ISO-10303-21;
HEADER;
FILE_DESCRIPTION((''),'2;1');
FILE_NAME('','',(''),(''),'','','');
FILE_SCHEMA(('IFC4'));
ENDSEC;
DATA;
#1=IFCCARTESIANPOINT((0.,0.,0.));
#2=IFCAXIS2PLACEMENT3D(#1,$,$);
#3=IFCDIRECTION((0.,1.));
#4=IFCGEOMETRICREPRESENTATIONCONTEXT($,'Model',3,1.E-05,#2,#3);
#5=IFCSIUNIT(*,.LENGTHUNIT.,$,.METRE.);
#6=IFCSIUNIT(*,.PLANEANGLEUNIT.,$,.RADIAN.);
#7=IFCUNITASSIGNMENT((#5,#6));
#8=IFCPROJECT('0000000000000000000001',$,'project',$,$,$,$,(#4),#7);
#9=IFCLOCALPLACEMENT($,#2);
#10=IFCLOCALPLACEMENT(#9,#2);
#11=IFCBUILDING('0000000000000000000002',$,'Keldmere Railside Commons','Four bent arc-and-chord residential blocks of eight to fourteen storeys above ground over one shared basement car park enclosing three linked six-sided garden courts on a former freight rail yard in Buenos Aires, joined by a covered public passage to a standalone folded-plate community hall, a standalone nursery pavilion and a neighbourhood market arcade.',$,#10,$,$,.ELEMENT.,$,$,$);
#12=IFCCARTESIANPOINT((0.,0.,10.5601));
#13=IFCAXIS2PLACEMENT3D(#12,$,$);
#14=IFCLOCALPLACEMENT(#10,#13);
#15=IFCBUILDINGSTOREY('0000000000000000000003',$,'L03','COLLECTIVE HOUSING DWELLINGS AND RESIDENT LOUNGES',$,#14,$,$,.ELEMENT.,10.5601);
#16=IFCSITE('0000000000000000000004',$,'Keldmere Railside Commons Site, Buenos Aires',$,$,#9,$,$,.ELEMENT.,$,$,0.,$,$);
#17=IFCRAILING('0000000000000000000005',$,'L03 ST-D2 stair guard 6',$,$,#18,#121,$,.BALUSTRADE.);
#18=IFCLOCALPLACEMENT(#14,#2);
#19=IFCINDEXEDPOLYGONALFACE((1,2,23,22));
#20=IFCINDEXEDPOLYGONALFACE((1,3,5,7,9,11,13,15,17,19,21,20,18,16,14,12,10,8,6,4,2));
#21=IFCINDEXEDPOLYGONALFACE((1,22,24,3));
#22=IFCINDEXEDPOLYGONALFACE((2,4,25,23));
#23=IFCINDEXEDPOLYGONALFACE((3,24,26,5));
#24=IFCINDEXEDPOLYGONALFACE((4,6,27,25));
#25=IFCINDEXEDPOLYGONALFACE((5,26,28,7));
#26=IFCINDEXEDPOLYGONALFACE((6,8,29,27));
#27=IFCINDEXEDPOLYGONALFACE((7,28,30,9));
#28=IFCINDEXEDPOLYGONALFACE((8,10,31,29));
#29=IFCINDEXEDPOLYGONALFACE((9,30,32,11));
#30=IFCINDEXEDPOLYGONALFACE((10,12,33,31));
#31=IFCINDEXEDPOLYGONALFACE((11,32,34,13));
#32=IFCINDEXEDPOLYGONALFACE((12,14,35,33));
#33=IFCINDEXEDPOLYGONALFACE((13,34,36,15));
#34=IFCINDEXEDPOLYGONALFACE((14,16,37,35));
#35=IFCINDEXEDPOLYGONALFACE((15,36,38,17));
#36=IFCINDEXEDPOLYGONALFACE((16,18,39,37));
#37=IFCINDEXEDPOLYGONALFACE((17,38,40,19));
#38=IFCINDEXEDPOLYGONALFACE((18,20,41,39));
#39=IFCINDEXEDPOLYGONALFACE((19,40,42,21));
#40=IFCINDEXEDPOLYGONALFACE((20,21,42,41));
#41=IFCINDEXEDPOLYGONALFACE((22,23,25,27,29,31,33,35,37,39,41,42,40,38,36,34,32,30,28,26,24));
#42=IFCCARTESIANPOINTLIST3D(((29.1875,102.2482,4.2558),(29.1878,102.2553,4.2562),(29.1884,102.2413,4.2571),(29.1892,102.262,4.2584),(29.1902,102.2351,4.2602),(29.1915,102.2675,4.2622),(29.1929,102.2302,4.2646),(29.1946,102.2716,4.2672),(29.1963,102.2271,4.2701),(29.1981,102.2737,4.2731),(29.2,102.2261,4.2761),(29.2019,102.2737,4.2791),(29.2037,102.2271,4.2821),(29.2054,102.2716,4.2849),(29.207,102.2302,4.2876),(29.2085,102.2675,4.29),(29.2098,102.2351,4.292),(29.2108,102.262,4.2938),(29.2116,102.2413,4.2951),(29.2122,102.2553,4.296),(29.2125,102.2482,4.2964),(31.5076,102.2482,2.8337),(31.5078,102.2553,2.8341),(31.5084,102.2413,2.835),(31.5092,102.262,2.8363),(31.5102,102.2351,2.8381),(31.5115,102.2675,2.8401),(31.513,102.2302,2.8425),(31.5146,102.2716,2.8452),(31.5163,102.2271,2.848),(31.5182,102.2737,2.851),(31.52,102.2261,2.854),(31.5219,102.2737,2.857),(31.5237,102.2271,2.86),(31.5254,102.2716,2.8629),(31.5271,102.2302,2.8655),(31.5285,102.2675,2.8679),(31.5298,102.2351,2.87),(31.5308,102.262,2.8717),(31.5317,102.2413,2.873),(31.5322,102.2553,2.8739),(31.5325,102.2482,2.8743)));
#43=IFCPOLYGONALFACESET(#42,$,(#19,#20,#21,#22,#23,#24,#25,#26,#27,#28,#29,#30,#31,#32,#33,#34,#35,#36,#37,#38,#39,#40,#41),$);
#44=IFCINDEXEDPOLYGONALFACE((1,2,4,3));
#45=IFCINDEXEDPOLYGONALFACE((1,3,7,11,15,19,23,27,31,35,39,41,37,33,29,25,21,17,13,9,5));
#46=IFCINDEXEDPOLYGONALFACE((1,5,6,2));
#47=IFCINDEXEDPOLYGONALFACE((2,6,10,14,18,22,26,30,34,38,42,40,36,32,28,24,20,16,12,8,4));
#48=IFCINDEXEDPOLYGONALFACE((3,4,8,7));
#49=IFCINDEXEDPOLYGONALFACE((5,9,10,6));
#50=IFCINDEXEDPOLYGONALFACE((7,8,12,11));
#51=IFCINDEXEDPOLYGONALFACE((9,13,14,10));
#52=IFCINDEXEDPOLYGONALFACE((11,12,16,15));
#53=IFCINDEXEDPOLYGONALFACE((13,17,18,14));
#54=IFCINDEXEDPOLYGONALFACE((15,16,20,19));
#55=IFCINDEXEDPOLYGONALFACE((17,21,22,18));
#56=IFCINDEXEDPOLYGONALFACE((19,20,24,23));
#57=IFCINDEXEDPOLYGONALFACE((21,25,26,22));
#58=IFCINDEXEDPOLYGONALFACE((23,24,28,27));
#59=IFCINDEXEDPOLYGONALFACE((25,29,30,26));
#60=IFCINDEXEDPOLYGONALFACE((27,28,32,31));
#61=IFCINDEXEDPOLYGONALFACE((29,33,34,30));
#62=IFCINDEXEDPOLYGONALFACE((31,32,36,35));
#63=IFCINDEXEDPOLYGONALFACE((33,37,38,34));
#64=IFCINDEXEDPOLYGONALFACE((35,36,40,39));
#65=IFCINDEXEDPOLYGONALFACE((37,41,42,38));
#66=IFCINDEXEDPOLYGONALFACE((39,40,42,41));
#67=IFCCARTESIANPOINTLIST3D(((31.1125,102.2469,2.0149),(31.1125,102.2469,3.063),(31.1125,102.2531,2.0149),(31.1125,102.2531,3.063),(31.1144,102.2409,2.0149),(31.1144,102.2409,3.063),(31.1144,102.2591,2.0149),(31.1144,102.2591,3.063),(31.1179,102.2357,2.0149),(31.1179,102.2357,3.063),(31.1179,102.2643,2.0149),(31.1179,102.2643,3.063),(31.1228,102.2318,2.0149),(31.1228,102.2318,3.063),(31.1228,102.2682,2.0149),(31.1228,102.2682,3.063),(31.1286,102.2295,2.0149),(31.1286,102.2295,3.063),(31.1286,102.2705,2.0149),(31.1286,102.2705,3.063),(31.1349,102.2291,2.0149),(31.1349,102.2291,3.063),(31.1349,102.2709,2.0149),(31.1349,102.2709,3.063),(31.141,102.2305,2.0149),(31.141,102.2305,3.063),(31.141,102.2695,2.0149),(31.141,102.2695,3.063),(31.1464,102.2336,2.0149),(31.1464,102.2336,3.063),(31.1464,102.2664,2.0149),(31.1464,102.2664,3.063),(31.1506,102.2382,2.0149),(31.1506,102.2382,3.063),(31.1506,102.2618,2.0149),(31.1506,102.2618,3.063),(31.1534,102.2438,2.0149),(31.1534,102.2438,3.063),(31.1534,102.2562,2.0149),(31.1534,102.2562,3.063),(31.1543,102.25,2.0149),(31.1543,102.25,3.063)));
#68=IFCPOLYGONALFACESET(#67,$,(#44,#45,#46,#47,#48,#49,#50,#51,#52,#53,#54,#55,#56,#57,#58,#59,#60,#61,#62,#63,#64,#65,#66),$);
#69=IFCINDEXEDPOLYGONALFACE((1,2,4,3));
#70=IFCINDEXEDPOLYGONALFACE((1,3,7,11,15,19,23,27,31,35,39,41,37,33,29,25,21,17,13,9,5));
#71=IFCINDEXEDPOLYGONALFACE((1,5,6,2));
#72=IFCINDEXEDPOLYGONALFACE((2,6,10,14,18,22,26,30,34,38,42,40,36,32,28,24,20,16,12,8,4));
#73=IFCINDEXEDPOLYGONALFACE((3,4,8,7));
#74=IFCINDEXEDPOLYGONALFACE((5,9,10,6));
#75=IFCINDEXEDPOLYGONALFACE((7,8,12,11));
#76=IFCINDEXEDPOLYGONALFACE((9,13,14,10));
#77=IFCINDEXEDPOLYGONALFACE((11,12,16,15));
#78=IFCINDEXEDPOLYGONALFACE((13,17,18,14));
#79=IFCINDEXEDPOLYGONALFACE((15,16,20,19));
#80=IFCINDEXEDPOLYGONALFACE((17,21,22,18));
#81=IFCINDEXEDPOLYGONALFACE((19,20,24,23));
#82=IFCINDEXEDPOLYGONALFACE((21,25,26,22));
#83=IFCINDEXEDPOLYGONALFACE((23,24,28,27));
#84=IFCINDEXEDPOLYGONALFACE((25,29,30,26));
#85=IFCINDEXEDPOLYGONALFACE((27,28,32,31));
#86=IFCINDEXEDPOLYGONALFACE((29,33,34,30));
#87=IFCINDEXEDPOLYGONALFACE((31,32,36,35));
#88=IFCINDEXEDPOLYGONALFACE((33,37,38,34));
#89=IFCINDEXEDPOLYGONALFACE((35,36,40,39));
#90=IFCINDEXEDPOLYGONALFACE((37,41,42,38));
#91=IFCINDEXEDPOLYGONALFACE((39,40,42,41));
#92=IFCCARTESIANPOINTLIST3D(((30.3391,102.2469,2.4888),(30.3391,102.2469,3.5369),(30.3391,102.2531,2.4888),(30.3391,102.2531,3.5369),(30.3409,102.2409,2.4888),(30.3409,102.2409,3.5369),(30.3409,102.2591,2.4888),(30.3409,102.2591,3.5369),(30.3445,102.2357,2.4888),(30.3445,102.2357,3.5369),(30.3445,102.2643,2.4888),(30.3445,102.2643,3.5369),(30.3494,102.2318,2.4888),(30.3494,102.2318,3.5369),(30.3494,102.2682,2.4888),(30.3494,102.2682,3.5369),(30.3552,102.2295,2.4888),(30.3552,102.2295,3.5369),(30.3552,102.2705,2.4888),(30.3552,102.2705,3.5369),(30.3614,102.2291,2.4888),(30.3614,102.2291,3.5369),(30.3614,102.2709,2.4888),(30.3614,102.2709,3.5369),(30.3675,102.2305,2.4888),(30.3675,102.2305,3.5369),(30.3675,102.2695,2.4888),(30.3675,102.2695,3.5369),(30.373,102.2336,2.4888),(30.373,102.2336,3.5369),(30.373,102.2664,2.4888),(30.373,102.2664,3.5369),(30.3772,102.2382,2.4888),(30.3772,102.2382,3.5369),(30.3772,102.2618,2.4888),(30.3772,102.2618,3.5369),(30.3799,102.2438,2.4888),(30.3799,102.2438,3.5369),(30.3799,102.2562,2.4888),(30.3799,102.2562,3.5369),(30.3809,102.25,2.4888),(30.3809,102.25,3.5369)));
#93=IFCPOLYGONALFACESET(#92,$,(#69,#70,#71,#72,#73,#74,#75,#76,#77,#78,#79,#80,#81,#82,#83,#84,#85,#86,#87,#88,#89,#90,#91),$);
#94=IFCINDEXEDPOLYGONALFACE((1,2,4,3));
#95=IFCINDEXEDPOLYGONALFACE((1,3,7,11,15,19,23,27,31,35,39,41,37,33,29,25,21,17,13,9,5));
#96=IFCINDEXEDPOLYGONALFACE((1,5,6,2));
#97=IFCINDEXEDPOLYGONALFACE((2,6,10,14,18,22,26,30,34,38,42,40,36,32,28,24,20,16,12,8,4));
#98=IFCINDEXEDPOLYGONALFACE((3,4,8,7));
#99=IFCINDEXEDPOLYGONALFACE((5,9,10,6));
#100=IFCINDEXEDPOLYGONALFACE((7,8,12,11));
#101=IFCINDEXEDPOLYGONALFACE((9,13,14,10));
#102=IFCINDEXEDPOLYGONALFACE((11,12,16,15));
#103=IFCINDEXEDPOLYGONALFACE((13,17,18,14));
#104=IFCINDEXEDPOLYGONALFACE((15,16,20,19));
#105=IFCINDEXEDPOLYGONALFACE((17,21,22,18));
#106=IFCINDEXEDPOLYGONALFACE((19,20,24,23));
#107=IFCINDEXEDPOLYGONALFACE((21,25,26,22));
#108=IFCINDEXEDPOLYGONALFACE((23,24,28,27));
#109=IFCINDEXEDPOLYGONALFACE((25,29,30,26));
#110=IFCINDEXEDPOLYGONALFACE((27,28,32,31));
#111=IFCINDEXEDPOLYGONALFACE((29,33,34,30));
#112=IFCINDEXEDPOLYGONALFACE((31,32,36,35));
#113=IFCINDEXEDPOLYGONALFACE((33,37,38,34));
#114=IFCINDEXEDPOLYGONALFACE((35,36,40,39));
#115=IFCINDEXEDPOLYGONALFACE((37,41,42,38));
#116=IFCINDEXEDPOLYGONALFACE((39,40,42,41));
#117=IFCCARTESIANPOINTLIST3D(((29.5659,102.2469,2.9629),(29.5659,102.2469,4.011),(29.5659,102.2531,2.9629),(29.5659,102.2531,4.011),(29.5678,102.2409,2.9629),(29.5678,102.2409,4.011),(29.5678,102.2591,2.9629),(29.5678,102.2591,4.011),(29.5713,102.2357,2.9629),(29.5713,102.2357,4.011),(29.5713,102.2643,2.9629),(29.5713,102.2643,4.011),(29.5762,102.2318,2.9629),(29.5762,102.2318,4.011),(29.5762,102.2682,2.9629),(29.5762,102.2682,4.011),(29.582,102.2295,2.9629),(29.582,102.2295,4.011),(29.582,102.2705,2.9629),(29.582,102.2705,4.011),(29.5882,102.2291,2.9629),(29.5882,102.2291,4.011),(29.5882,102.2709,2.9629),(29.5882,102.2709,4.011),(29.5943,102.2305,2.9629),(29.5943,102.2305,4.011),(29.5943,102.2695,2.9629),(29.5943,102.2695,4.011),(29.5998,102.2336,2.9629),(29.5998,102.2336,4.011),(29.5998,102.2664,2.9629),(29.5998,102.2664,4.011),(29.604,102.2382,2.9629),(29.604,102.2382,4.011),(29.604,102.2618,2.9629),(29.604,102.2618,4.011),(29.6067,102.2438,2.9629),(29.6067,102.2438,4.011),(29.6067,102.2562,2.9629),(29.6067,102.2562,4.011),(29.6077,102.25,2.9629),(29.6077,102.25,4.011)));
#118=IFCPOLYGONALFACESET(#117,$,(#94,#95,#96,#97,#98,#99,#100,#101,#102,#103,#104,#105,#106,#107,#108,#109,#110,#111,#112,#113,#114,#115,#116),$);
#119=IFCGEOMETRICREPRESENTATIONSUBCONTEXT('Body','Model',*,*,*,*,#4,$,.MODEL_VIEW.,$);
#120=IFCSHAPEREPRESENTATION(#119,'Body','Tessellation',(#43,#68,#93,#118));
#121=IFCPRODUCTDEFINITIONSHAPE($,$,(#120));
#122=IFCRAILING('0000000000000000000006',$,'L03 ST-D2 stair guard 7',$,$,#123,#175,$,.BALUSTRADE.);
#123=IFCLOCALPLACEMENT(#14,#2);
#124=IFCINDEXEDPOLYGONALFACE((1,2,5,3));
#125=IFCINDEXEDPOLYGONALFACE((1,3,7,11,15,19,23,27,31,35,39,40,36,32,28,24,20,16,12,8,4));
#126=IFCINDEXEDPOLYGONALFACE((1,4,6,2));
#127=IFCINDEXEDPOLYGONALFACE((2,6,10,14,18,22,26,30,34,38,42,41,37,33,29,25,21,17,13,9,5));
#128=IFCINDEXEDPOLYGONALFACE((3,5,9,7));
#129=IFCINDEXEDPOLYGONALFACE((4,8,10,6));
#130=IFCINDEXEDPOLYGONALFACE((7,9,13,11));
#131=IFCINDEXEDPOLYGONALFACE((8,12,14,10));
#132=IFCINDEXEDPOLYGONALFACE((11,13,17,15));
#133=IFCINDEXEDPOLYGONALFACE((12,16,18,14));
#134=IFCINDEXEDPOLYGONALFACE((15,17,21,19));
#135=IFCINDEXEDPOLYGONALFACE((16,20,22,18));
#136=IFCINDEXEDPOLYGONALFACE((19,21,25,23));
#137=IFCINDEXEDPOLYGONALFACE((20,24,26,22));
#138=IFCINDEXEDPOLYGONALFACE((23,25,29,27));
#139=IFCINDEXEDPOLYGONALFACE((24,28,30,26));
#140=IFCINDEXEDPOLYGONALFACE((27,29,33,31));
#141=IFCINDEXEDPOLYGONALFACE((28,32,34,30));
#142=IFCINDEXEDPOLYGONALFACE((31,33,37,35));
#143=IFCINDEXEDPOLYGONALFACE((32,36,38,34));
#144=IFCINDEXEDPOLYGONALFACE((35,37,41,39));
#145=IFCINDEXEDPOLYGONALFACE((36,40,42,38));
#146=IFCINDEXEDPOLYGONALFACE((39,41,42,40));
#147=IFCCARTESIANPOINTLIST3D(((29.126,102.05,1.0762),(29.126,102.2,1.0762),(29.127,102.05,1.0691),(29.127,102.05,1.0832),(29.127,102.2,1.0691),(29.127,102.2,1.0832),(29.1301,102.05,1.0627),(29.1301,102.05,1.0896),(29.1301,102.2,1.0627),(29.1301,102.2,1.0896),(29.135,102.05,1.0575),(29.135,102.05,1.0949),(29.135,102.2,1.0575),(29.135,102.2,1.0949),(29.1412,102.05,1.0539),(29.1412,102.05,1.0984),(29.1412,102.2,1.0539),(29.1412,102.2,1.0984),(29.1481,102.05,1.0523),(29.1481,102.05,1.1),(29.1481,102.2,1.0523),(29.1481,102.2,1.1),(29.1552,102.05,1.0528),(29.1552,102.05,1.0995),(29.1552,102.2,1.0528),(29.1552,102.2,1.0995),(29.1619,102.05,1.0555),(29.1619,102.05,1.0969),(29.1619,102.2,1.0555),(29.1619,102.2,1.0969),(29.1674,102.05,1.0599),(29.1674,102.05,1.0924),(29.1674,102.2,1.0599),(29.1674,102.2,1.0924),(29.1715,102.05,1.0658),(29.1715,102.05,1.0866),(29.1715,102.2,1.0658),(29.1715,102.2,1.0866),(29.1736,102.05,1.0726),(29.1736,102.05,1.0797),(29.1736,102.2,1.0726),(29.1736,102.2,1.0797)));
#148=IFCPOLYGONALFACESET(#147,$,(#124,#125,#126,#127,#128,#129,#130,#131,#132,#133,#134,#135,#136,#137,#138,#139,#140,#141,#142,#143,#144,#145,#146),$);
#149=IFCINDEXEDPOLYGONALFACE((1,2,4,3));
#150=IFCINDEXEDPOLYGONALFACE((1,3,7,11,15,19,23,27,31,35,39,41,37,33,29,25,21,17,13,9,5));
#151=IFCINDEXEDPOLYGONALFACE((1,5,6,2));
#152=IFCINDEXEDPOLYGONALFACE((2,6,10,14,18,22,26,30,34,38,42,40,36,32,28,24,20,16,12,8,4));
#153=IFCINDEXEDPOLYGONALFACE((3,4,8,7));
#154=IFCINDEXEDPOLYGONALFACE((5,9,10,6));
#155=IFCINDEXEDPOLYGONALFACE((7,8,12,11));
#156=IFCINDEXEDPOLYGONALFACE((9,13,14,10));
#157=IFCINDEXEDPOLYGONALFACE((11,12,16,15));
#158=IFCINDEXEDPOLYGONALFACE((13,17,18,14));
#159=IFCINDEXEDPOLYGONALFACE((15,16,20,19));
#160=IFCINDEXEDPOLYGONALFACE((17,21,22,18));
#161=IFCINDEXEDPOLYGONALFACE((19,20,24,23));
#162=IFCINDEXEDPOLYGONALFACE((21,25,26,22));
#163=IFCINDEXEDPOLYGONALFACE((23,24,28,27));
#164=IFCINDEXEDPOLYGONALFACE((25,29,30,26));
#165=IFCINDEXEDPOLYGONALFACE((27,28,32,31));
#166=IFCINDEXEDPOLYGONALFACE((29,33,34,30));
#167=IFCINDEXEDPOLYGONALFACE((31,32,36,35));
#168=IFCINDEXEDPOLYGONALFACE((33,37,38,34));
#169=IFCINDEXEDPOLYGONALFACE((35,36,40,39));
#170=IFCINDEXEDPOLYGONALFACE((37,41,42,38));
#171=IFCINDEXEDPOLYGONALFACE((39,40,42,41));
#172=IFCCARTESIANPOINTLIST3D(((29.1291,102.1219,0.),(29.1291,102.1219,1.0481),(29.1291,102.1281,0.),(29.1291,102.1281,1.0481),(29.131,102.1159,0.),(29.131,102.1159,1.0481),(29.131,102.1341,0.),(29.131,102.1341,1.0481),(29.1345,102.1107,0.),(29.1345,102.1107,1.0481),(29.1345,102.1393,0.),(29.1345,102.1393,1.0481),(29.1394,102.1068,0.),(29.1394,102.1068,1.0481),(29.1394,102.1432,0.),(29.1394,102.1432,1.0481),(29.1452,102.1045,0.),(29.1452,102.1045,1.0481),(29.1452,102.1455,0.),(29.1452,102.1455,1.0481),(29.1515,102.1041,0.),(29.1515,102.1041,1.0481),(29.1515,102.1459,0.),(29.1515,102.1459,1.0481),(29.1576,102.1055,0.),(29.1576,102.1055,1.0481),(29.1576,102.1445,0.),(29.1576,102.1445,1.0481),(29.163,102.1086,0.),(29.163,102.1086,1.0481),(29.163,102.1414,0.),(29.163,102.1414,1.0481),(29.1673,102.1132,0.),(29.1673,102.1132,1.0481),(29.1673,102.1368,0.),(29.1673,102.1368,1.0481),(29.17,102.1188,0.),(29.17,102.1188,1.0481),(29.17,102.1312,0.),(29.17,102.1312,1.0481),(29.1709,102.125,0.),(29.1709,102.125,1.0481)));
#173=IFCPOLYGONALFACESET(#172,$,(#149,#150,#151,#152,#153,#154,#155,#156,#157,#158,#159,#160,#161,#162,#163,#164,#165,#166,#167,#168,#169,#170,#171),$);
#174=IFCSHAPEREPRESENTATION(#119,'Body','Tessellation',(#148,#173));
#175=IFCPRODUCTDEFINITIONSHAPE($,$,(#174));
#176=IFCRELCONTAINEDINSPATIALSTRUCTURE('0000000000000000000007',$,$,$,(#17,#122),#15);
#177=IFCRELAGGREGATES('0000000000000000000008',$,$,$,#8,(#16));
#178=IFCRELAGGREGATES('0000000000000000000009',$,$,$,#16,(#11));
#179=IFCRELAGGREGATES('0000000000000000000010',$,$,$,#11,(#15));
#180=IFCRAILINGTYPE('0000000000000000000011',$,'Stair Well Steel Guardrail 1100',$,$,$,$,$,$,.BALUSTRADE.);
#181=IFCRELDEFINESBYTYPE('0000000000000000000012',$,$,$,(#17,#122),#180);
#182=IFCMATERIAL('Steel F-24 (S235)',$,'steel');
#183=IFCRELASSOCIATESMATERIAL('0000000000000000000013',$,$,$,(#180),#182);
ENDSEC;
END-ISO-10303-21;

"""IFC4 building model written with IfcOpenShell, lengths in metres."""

from ifc_helpers import new_model, si_unit, direction, frame, origin, origin_2d, place, context, subcontext, project, spatial, circle, extrude, material, type_object, element, save


model = new_model("IFC4")

# Units and contexts
model_context = context("Model", 3, precision=1e-05, world=origin(), true_north=direction((0.0, 1.0)))
body_context = subcontext(model_context, "Body", "Model", "MODEL_VIEW")
ifc_project = project(units=[si_unit("LENGTHUNIT", "METRE"), si_unit("PLANEANGLEUNIT", "RADIAN")], contexts=[model_context])

# Site, building, storey
site_placement = place(None, origin())
site = spatial("IfcSite", under=ifc_project, at=site_placement, Name="Keldmere Railside Commons Site, Buenos Aires", CompositionType="ELEMENT", RefElevation=0.0)
building_placement = place(site_placement, origin())
building = spatial("IfcBuilding", under=site, at=building_placement, Name="Keldmere Railside Commons", Description="Four bent arc-and-chord residential blocks of eight to fourteen storeys above ground over one shared basement car park enclosing three linked six-sided garden courts on a former freight rail yard in Buenos Aires, joined by a covered public passage to a standalone folded-plate community hall, a standalone nursery pavilion and a neighbourhood market arcade.", CompositionType="ELEMENT")
storey_placement = place(building_placement, frame((0.0, 0.0, 10.5601)))
storey = spatial("IfcBuildingStorey", under=building, at=storey_placement, Name="L03", Description="COLLECTIVE HOUSING DWELLINGS AND RESIDENT LOUNGES", CompositionType="ELEMENT", Elevation=10.5601)

# Shared definitions
ifc_material_1 = material(Name="Steel F-24 (S235)", Category="steel")

# Railings
railing_type_1 = type_object("IfcRailingType", Name="Stair Well Steel Guardrail 1100", PredefinedType="BALUSTRADE", material=ifc_material_1)
railing_1_placement = place(storey_placement, frame((31.52, 102.25, 1.7778)))
element("IfcRailing", 1, at=railing_1_placement, inside=storey, type_object=railing_type_1, Name="L03 ST-D2 stair guard 6", PredefinedType="BALUSTRADE", context=body_context, shape_type="SweptSolid", body=[
    extrude(circle(Radius=0.0239, at=origin_2d()), frame((0.0, 0.0, 1.0762), z_axis=(-0.852578, 0.0, 0.5226), x_axis=(0.0, -1.0, 0.0)), (0.0, 0.0, 1.0), 2.7212),
    extrude(circle(Radius=0.021, at=origin_2d()), frame((-0.3867, 0.0, 0.2371)), (0.0, 0.0, 1.0), 1.0481),
    extrude(circle(Radius=0.021, at=origin_2d()), frame((-1.1602, 0.0, 0.7109)), (0.0, 0.0, 1.0), 1.0481),
    extrude(circle(Radius=0.021, at=origin_2d()), frame((-1.9333, 0.0, 1.1851)), (0.0, 0.0, 1.0), 1.0481),
])
railing_2_placement = place(storey_placement, frame((29.1499, 102.05, 0.0)))
element("IfcRailing", 2, at=railing_2_placement, inside=storey, type_object=railing_type_1, Name="L03 ST-D2 stair guard 7", PredefinedType="BALUSTRADE", context=body_context, shape_type="SweptSolid", body=[
    extrude(circle(Radius=0.0239, at=origin_2d()), frame((0.0, 0.0, 1.0762), z_axis=(0.0, 1.0, 0.0), x_axis=(-1.0, 0.0, 0.0)), (0.0, 0.0, 1.0), 0.1499),
    extrude(circle(Radius=0.021, at=origin_2d()), frame((0.0, 0.075, 0.0)), (0.0, 0.0, 1.0), 1.0481),
])

save(model, "model.ifc")
